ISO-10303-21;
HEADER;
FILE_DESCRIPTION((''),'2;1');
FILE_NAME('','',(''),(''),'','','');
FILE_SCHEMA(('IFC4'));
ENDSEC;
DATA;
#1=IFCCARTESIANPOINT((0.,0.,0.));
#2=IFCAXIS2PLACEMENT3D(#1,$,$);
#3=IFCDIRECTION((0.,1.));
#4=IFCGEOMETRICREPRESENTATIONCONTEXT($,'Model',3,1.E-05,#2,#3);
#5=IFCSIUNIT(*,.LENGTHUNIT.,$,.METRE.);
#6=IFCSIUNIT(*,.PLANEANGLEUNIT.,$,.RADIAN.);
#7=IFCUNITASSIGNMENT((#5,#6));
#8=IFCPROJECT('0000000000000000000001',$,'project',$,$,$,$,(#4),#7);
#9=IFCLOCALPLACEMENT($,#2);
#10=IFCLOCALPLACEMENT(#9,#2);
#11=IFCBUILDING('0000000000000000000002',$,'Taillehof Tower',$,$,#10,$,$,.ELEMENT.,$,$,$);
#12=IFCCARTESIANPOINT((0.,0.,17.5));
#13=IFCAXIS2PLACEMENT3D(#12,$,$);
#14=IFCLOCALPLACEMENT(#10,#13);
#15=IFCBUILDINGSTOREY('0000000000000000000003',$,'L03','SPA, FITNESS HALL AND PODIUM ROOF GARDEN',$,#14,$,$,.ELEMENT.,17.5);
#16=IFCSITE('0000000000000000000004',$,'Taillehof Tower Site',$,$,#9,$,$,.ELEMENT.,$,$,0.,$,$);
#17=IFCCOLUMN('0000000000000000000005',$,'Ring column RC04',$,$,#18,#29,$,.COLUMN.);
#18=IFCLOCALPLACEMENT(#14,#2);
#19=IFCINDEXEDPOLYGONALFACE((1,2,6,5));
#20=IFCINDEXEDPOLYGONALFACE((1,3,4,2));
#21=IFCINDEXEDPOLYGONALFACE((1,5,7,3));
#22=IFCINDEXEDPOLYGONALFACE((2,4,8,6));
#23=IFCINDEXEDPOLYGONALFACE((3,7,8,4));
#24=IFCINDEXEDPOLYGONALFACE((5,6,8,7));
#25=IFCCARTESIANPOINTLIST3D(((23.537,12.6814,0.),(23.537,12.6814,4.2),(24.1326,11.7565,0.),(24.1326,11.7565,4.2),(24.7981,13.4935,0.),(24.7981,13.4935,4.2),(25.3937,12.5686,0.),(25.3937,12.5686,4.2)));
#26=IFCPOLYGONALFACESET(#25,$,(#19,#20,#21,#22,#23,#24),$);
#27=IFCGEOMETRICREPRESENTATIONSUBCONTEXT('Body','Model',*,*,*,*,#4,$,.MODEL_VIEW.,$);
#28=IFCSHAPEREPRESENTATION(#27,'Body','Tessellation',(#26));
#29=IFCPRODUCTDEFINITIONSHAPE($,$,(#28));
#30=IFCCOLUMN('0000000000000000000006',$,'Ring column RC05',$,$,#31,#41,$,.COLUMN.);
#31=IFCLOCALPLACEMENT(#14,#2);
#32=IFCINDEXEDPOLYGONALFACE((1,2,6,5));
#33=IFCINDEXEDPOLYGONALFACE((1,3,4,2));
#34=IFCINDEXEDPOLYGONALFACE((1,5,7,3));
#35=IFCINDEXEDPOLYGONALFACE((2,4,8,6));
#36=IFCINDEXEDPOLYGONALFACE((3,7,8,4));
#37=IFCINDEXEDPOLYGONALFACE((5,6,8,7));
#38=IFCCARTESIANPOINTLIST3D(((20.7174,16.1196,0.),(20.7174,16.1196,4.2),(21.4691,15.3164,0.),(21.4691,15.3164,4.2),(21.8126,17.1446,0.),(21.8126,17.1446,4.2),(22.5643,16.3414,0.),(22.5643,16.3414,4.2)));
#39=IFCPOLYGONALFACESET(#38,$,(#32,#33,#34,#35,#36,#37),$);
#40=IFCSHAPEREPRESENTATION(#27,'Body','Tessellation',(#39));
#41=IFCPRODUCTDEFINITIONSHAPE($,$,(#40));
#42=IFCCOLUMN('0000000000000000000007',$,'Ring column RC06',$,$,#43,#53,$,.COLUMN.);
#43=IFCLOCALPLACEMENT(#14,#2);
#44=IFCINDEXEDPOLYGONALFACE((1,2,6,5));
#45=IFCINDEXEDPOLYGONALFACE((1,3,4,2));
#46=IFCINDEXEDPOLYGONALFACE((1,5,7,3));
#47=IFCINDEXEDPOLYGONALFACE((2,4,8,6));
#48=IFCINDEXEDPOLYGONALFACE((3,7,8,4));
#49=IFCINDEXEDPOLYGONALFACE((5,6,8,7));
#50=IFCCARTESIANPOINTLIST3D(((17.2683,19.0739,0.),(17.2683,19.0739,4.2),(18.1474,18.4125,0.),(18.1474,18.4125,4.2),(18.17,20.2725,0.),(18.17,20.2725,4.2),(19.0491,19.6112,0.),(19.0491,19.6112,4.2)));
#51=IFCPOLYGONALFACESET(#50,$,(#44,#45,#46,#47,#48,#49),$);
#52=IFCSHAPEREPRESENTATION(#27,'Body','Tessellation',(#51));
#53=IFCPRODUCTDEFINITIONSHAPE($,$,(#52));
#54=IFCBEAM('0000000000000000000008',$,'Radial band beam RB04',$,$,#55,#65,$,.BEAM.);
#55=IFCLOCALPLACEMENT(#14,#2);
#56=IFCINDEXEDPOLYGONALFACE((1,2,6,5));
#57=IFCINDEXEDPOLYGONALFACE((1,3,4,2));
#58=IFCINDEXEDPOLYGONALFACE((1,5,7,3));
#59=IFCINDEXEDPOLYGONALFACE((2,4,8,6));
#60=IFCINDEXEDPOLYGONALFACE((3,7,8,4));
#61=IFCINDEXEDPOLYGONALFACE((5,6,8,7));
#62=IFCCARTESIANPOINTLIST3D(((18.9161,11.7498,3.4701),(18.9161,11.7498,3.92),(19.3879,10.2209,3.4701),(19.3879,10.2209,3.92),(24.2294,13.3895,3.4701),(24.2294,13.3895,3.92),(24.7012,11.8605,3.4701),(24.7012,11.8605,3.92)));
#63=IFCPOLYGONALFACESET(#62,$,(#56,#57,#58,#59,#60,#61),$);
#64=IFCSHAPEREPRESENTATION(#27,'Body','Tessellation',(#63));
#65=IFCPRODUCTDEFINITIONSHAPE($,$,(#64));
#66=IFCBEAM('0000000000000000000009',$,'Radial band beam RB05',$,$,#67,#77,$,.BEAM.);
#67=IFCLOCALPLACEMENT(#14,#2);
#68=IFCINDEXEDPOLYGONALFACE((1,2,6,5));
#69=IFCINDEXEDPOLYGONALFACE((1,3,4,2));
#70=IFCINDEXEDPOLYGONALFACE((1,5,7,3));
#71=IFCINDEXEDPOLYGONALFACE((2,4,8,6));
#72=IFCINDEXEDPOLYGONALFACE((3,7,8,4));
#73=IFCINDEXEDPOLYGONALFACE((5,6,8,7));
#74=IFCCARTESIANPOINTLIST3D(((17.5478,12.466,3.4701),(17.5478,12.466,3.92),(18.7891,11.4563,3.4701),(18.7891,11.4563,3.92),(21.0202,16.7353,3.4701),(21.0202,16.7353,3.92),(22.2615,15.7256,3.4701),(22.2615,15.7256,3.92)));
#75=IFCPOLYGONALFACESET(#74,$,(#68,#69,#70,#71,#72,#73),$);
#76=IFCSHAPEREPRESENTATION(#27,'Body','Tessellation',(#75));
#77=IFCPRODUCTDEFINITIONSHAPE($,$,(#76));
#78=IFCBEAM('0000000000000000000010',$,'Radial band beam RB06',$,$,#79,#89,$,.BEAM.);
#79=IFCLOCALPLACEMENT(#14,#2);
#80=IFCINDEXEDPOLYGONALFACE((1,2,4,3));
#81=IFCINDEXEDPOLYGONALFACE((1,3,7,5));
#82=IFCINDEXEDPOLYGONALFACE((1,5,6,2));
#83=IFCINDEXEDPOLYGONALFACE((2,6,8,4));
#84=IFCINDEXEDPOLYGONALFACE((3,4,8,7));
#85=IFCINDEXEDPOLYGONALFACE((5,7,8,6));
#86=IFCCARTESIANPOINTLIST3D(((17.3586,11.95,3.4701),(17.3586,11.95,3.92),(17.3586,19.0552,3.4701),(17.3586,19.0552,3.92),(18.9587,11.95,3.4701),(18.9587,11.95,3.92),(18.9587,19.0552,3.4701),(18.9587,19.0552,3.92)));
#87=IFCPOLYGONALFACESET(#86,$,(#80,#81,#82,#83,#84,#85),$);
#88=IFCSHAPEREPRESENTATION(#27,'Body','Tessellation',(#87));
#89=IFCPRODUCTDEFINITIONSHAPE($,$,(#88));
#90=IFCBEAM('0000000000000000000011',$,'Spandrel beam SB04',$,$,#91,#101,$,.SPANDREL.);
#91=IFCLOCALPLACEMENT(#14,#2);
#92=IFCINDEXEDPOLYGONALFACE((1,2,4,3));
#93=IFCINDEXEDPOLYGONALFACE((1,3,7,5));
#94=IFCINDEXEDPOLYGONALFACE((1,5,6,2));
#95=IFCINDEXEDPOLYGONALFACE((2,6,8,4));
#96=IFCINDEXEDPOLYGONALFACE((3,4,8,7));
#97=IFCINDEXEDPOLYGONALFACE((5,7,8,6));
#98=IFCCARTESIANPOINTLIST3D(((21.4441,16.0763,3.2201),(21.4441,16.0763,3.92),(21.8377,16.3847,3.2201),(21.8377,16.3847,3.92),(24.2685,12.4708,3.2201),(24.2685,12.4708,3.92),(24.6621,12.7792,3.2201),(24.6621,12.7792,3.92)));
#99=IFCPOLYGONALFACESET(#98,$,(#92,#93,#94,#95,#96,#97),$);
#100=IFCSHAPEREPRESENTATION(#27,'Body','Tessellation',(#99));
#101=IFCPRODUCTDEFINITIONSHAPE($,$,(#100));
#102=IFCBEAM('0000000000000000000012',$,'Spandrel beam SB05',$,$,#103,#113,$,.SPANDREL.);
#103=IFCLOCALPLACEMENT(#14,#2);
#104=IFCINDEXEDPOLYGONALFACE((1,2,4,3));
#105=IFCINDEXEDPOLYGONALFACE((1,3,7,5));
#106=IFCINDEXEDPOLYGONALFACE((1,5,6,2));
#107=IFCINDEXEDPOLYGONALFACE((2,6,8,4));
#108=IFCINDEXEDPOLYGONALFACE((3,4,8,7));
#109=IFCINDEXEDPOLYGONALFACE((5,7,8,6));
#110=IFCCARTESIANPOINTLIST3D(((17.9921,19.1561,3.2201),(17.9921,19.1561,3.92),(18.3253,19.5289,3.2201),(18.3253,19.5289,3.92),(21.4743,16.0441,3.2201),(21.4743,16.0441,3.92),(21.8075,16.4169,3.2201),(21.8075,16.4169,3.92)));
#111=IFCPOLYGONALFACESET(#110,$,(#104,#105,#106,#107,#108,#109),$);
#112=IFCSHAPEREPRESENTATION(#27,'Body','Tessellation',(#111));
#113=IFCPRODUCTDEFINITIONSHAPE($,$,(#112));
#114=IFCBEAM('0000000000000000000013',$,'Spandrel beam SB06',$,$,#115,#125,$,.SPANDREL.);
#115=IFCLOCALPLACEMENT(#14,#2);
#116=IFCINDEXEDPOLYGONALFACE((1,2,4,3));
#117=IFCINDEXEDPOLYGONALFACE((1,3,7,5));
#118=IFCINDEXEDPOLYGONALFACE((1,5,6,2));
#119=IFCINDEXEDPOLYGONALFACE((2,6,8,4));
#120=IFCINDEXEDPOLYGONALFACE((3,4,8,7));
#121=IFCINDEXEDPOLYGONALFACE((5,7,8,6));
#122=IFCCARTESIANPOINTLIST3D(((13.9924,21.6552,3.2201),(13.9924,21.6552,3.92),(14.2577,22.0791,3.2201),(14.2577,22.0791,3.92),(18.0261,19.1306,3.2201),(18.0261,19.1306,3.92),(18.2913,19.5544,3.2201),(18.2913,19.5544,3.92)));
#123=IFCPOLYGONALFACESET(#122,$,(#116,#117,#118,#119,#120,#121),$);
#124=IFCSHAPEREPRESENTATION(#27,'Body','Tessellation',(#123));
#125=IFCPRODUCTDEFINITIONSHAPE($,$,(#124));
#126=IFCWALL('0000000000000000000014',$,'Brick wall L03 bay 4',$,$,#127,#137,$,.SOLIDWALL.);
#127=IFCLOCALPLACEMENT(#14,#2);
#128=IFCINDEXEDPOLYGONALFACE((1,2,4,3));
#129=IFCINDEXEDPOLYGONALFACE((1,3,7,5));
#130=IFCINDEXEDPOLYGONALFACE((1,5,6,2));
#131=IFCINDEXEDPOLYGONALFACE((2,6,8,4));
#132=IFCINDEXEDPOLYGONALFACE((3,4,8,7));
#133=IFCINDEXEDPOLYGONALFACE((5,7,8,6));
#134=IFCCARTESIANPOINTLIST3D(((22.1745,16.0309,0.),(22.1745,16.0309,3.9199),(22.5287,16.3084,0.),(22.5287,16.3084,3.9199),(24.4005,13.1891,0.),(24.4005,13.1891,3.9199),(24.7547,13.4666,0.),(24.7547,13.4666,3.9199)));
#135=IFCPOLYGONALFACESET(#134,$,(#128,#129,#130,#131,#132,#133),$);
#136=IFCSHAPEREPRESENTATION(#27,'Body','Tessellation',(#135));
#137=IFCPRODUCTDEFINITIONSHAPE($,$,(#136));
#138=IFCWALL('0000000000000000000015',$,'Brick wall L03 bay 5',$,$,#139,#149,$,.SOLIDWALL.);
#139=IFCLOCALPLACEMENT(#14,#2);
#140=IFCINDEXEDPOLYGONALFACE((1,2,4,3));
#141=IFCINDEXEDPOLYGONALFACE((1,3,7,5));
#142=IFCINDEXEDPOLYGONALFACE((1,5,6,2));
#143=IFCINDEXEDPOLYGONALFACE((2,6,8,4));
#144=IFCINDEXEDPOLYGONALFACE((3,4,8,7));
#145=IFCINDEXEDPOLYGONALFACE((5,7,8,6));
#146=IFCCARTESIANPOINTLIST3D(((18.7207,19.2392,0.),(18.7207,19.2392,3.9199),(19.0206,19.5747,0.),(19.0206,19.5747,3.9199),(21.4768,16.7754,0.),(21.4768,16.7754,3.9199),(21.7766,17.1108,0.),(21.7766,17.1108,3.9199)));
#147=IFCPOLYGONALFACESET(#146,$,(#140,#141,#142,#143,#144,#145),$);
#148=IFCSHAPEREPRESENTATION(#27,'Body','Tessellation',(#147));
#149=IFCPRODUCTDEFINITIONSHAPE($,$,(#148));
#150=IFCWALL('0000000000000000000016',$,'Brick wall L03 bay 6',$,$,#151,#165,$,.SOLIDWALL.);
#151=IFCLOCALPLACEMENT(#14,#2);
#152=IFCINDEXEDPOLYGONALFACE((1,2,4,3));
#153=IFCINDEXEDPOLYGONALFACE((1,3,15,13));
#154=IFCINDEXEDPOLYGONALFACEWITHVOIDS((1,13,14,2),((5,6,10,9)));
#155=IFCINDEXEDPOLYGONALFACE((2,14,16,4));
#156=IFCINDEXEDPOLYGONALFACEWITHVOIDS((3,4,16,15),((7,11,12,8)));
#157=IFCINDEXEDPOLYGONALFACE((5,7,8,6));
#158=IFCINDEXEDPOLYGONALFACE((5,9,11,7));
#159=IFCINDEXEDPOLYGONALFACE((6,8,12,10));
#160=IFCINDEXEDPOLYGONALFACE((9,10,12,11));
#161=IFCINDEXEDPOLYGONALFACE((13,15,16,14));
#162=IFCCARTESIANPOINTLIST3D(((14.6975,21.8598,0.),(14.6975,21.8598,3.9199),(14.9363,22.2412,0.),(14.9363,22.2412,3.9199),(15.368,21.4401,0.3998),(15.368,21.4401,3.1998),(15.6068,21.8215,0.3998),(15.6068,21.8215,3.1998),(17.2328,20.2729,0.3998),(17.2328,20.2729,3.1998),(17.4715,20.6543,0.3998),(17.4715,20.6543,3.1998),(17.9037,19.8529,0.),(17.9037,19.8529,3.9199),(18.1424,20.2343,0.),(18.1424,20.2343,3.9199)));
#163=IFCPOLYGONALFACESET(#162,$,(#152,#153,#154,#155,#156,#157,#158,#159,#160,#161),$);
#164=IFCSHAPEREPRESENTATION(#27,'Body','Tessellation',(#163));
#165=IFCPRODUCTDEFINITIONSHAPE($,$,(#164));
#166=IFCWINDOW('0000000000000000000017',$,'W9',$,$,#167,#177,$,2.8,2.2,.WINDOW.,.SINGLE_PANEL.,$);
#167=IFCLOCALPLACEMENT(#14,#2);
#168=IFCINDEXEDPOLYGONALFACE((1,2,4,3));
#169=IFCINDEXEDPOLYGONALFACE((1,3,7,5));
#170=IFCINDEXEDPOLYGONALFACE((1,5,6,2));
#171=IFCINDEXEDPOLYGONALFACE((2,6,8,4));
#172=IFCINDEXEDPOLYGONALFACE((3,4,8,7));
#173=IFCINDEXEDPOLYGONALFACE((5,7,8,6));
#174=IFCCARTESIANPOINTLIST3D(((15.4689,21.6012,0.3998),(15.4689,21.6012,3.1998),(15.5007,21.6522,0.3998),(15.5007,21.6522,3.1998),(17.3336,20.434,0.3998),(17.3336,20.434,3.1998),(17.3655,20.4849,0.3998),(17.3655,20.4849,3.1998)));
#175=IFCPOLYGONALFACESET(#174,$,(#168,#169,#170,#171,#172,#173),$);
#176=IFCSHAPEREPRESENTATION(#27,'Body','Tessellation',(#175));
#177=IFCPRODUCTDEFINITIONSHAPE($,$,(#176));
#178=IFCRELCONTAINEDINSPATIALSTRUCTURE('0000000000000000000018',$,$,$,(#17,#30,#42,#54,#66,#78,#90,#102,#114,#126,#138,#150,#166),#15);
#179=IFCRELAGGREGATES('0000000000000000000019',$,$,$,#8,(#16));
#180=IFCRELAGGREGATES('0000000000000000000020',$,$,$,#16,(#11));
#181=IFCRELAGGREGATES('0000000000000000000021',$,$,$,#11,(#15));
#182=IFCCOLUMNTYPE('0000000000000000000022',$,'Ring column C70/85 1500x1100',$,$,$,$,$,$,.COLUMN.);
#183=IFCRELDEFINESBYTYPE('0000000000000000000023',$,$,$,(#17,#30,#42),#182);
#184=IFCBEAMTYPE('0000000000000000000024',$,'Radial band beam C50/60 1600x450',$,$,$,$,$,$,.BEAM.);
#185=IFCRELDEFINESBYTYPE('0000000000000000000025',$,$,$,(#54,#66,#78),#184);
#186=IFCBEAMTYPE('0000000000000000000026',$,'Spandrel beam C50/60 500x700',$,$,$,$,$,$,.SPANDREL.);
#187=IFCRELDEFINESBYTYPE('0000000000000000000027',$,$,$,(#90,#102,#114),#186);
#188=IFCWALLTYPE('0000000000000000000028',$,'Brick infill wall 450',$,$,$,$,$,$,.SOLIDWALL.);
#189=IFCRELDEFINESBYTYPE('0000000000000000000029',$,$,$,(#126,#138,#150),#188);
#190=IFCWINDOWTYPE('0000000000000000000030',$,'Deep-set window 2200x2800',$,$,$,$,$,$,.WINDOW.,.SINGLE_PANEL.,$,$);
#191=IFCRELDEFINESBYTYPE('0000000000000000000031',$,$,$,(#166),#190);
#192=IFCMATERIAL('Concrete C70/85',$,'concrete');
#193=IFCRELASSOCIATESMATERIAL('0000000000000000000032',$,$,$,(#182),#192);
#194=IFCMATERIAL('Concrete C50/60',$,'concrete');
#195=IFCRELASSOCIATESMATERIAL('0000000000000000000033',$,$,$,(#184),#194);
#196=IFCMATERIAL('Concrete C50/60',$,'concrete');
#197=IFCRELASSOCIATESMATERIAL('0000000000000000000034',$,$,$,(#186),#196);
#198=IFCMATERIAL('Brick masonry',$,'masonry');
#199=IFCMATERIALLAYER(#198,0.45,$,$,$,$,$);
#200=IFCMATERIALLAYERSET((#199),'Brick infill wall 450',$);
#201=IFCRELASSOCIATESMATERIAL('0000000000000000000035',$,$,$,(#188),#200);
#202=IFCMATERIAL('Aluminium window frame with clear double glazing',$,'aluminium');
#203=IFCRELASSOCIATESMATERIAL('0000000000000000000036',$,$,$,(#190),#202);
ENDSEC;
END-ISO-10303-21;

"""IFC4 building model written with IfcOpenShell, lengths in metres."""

from ifc_helpers import new_model, si_unit, direction, frame, frame_2d, origin, origin_2d, place, context, subcontext, project, spatial, rectangle, extrude, material, layer, layer_set, material_profile, profile_set, type_object, element, fill, save


model = new_model("IFC4")

# Units and contexts
model_context = context("Model", 3, precision=1e-05, world=origin(), true_north=direction((0.0, 1.0)))
body_context = subcontext(model_context, "Body", "Model", "MODEL_VIEW")
ifc_project = project(units=[si_unit("LENGTHUNIT", "METRE"), si_unit("PLANEANGLEUNIT", "RADIAN")], contexts=[model_context])

# Site, building, storey
site_placement = place(None, origin())
site = spatial("IfcSite", under=ifc_project, at=site_placement, Name="Taillehof Tower Site", CompositionType="ELEMENT", RefElevation=0.0)
building_placement = place(site_placement, origin())
building = spatial("IfcBuilding", under=site, at=building_placement, Name="Taillehof Tower", CompositionType="ELEMENT")
storey_placement = place(building_placement, frame((0.0, 0.0, 17.5)))
storey = spatial("IfcBuildingStorey", under=building, at=storey_placement, Name="L03", Description="SPA, FITNESS HALL AND PODIUM ROOF GARDEN", CompositionType="ELEMENT", Elevation=17.5)

# Columns
ifc_material_1 = material(Name="Concrete C70/85", Category="concrete")
ifc_material_profile_1 = material_profile(ifc_material_1, rectangle(XDim=1.5, YDim=1.1001, at=origin_2d()), Name="RC 1500x1100")
ifc_profile_set_1 = profile_set([ifc_material_profile_1], Name="Concrete C70/85")
column_type = type_object("IfcColumnType", Name="Ring column C70/85 1500x1100", PredefinedType="COLUMN", material=ifc_profile_set_1)
for number, where, z_axis, x_axis, name in (
    (1, (24.4653, 12.625, 0.0), (0.0, 0.0, 1.0), (0.840754, 0.541418, 0.0), "Ring column RC04"),
    (2, (21.6409, 16.2305, 0.0), (0.0, 0.0, 1.0), (0.730113, 0.683326, 0.0), "Ring column RC05"),
    (3, (18.1587, 19.3425, 0.0), (0.0, 0.0, 1.0), (0.601174, 0.799118, 0.0), "Ring column RC06"),
):
    element("IfcColumn", number, at=place(storey_placement, frame(where, z_axis=z_axis, x_axis=x_axis)), inside=storey, type_object=column_type, Name=name, PredefinedType="COLUMN", context=body_context, shape_type="SweptSolid", body=[
        extrude(rectangle(XDim=1.5, YDim=1.1001, at=origin_2d()), origin(), (0.0, 0.0, 1.0), 4.2),
    ])

# Beams
ifc_material_2 = material(Name="Concrete C50/60", Category="concrete")
ifc_material_profile_2 = material_profile(ifc_material_2, rectangle(XDim=1.6001, YDim=0.45, at=origin_2d()), Name="RC 1600x450")
ifc_profile_set_2 = profile_set([ifc_material_profile_2], Name="Concrete C50/60")
beam_type_1 = type_object("IfcBeamType", Name="Radial band beam C50/60 1600x450", PredefinedType="BEAM", material=ifc_profile_set_2)
beam_1_placement = place(storey_placement, frame((24.4653, 12.625, 3.6951), z_axis=(-0.955536, -0.294876, 0.0), x_axis=(0.294876, -0.955536, 0.0)))
element("IfcBeam", 4, at=beam_1_placement, inside=storey, type_object=beam_type_1, Name="Radial band beam RB04", PredefinedType="BEAM", context=body_context, shape_type="SweptSolid", body=[
    extrude(rectangle(XDim=1.6001, YDim=0.45, at=origin_2d()), origin(), (0.0, 0.0, 1.0), 5.5605),
])
beam_2_placement = place(storey_placement, frame((21.6409, 16.2305, 3.6951), z_axis=(-0.630988, -0.775792, 0.0), x_axis=(0.775792, -0.630988, 0.0)))
element("IfcBeam", 5, at=beam_2_placement, inside=storey, type_object=beam_type_1, Name="Radial band beam RB05", PredefinedType="BEAM", context=body_context, shape_type="SweptSolid", body=[
    extrude(rectangle(XDim=1.6001, YDim=0.45, at=origin_2d()), origin(), (0.0, 0.0, 1.0), 5.5032),
])
beam_3_placement = place(storey_placement, frame((18.1587, 19.0552, 3.6951), z_axis=(0.0, -1.0, 0.0), x_axis=(1.0, 0.0, 0.0)))
element("IfcBeam", 6, at=beam_3_placement, inside=storey, type_object=beam_type_1, Name="Radial band beam RB06", PredefinedType="BEAM", context=body_context, shape_type="SweptSolid", body=[
    extrude(rectangle(XDim=1.6001, YDim=0.45, at=origin_2d()), origin(), (0.0, 0.0, 1.0), 7.1052),
])
ifc_material_3 = material(Name="Concrete C50/60", Category="concrete")
ifc_material_profile_3 = material_profile(ifc_material_3, rectangle(XDim=0.5, YDim=0.7, at=origin_2d()), Name="RC 500x700")
ifc_profile_set_3 = profile_set([ifc_material_profile_3], Name="Concrete C50/60")
beam_type_2 = type_object("IfcBeamType", Name="Spandrel beam C50/60 500x700", PredefinedType="SPANDREL", material=ifc_profile_set_3)
beam_4_placement = place(storey_placement, frame((24.4653, 12.625, 3.5701), z_axis=(-0.616686, 0.787209, 0.0), x_axis=(-0.787209, -0.616686, 0.0)))
element("IfcBeam", 7, at=beam_4_placement, inside=storey, type_object=beam_type_2, Name="Spandrel beam SB04", PredefinedType="SPANDREL", context=body_context, shape_type="SweptSolid", body=[
    extrude(rectangle(XDim=0.5, YDim=0.7, at=origin_2d()), origin(), (0.0, 0.0, 1.0), 4.5801),
])
beam_5_placement = place(storey_placement, frame((21.6409, 16.2305, 3.5701), z_axis=(-0.745621, 0.66637, 0.0), x_axis=(-0.66637, -0.745621, 0.0)))
element("IfcBeam", 8, at=beam_5_placement, inside=storey, type_object=beam_type_2, Name="Spandrel beam SB05", PredefinedType="SPANDREL", context=body_context, shape_type="SweptSolid", body=[
    extrude(rectangle(XDim=0.5, YDim=0.7, at=origin_2d()), origin(), (0.0, 0.0, 1.0), 4.6702),
])
beam_6_placement = place(storey_placement, frame((18.1587, 19.3425, 3.5701), z_axis=(-0.847658, 0.530543, 0.0), x_axis=(-0.530543, -0.847658, 0.0)))
element("IfcBeam", 9, at=beam_6_placement, inside=storey, type_object=beam_type_2, Name="Spandrel beam SB06", PredefinedType="SPANDREL", context=body_context, shape_type="SweptSolid", body=[
    extrude(rectangle(XDim=0.5, YDim=0.7, at=origin_2d()), origin(), (0.0, 0.0, 1.0), 4.7585),
])

# Walls
ifc_material_4 = material(Name="Brick masonry", Category="masonry")
ifc_layer_1 = layer(ifc_material_4, 0.45)
ifc_layer_set_1 = layer_set([ifc_layer_1], Name="Brick infill wall 450")
wall_type_1 = type_object("IfcWallType", Name="Brick infill wall 450", PredefinedType="SOLIDWALL", material=ifc_layer_set_1)
wall_1_placement = place(storey_placement, frame((24.5776, 13.3279, 0.0), z_axis=(0.0, 0.0, 1.0), x_axis=(-0.616662, 0.787228, 0.0)))
element("IfcWall", 10, at=wall_1_placement, inside=storey, type_object=wall_type_1, Name="Brick wall L03 bay 4", PredefinedType="SOLIDWALL", context=body_context, shape_type="SweptSolid", body=[
    extrude(rectangle(XDim=3.6099, YDim=0.45, at=frame_2d((1.8049, 0.0))), origin(), (0.0, 0.0, 1.0), 3.9199),
])
wall_2_placement = place(storey_placement, frame((21.6267, 16.9431, 0.0), z_axis=(0.0, 0.0, 1.0), x_axis=(-0.745526, 0.666476, 0.0)))
element("IfcWall", 11, at=wall_2_placement, inside=storey, type_object=wall_type_1, Name="Brick wall L03 bay 5", PredefinedType="SOLIDWALL", context=body_context, shape_type="SweptSolid", body=[
    extrude(rectangle(XDim=3.6968, YDim=0.45, at=frame_2d((1.8484, 0.0))), origin(), (0.0, 0.0, 1.0), 3.9199),
])

# Wall, opening, window
wall_3_placement = place(storey_placement, frame((18.0229, 20.0437, 0.0), z_axis=(0.0, 0.0, 1.0), x_axis=(-0.847635, 0.530579, 0.0)))
wall_3 = element("IfcWall", 12, at=wall_3_placement, inside=storey, type_object=wall_type_1, Name="Brick wall L03 bay 6", PredefinedType="SOLIDWALL", context=body_context, shape_type="SweptSolid", body=[
    extrude(rectangle(XDim=3.7825, YDim=0.45, at=frame_2d((1.8911, 0.0))), origin(), (0.0, 0.0, 1.0), 3.9199),
])
opening_1_placement = place(wall_3_placement, frame((0.7913, 0.0, 0.3999)))
opening_1 = element("IfcOpeningElement", 13, at=opening_1_placement, cuts=wall_3, PredefinedType="OPENING", context=body_context, shape_type="SweptSolid", body=[
    extrude(rectangle(XDim=2.2, YDim=2.8, at=frame_2d((1.1001, 1.3999))), frame((0.0, 0.2349, 0.0), z_axis=(0.0, -1.0, 0.0), x_axis=(1.0, 0.0, 0.0)), (0.0, 0.0, 1.0), 0.47),
])
ifc_material_5 = material(Name="Aluminium window frame with clear double glazing", Category="aluminium")
window_type = type_object("IfcWindowType", Name="Deep-set window 2200x2800", PartitioningType="SINGLE_PANEL", PredefinedType="WINDOW", material=ifc_material_5)
window_placement = place(opening_1_placement, origin())
window = element("IfcWindow", 14, at=window_placement, inside=storey, type_object=window_type, Name="W9", OverallHeight=2.8, OverallWidth=2.2, PartitioningType="SINGLE_PANEL", PredefinedType="WINDOW", context=body_context, shape_type="SweptSolid", body=[
    extrude(rectangle(XDim=2.2, YDim=2.8, at=frame_2d((1.1001, 1.3999))), frame((0.0, 0.0349, 0.0), z_axis=(0.0, -1.0, 0.0), x_axis=(1.0, 0.0, 0.0)), (0.0, 0.0, 1.0), 0.0601),
])
fill(opening_1, window)

save(model, "model.ifc")
